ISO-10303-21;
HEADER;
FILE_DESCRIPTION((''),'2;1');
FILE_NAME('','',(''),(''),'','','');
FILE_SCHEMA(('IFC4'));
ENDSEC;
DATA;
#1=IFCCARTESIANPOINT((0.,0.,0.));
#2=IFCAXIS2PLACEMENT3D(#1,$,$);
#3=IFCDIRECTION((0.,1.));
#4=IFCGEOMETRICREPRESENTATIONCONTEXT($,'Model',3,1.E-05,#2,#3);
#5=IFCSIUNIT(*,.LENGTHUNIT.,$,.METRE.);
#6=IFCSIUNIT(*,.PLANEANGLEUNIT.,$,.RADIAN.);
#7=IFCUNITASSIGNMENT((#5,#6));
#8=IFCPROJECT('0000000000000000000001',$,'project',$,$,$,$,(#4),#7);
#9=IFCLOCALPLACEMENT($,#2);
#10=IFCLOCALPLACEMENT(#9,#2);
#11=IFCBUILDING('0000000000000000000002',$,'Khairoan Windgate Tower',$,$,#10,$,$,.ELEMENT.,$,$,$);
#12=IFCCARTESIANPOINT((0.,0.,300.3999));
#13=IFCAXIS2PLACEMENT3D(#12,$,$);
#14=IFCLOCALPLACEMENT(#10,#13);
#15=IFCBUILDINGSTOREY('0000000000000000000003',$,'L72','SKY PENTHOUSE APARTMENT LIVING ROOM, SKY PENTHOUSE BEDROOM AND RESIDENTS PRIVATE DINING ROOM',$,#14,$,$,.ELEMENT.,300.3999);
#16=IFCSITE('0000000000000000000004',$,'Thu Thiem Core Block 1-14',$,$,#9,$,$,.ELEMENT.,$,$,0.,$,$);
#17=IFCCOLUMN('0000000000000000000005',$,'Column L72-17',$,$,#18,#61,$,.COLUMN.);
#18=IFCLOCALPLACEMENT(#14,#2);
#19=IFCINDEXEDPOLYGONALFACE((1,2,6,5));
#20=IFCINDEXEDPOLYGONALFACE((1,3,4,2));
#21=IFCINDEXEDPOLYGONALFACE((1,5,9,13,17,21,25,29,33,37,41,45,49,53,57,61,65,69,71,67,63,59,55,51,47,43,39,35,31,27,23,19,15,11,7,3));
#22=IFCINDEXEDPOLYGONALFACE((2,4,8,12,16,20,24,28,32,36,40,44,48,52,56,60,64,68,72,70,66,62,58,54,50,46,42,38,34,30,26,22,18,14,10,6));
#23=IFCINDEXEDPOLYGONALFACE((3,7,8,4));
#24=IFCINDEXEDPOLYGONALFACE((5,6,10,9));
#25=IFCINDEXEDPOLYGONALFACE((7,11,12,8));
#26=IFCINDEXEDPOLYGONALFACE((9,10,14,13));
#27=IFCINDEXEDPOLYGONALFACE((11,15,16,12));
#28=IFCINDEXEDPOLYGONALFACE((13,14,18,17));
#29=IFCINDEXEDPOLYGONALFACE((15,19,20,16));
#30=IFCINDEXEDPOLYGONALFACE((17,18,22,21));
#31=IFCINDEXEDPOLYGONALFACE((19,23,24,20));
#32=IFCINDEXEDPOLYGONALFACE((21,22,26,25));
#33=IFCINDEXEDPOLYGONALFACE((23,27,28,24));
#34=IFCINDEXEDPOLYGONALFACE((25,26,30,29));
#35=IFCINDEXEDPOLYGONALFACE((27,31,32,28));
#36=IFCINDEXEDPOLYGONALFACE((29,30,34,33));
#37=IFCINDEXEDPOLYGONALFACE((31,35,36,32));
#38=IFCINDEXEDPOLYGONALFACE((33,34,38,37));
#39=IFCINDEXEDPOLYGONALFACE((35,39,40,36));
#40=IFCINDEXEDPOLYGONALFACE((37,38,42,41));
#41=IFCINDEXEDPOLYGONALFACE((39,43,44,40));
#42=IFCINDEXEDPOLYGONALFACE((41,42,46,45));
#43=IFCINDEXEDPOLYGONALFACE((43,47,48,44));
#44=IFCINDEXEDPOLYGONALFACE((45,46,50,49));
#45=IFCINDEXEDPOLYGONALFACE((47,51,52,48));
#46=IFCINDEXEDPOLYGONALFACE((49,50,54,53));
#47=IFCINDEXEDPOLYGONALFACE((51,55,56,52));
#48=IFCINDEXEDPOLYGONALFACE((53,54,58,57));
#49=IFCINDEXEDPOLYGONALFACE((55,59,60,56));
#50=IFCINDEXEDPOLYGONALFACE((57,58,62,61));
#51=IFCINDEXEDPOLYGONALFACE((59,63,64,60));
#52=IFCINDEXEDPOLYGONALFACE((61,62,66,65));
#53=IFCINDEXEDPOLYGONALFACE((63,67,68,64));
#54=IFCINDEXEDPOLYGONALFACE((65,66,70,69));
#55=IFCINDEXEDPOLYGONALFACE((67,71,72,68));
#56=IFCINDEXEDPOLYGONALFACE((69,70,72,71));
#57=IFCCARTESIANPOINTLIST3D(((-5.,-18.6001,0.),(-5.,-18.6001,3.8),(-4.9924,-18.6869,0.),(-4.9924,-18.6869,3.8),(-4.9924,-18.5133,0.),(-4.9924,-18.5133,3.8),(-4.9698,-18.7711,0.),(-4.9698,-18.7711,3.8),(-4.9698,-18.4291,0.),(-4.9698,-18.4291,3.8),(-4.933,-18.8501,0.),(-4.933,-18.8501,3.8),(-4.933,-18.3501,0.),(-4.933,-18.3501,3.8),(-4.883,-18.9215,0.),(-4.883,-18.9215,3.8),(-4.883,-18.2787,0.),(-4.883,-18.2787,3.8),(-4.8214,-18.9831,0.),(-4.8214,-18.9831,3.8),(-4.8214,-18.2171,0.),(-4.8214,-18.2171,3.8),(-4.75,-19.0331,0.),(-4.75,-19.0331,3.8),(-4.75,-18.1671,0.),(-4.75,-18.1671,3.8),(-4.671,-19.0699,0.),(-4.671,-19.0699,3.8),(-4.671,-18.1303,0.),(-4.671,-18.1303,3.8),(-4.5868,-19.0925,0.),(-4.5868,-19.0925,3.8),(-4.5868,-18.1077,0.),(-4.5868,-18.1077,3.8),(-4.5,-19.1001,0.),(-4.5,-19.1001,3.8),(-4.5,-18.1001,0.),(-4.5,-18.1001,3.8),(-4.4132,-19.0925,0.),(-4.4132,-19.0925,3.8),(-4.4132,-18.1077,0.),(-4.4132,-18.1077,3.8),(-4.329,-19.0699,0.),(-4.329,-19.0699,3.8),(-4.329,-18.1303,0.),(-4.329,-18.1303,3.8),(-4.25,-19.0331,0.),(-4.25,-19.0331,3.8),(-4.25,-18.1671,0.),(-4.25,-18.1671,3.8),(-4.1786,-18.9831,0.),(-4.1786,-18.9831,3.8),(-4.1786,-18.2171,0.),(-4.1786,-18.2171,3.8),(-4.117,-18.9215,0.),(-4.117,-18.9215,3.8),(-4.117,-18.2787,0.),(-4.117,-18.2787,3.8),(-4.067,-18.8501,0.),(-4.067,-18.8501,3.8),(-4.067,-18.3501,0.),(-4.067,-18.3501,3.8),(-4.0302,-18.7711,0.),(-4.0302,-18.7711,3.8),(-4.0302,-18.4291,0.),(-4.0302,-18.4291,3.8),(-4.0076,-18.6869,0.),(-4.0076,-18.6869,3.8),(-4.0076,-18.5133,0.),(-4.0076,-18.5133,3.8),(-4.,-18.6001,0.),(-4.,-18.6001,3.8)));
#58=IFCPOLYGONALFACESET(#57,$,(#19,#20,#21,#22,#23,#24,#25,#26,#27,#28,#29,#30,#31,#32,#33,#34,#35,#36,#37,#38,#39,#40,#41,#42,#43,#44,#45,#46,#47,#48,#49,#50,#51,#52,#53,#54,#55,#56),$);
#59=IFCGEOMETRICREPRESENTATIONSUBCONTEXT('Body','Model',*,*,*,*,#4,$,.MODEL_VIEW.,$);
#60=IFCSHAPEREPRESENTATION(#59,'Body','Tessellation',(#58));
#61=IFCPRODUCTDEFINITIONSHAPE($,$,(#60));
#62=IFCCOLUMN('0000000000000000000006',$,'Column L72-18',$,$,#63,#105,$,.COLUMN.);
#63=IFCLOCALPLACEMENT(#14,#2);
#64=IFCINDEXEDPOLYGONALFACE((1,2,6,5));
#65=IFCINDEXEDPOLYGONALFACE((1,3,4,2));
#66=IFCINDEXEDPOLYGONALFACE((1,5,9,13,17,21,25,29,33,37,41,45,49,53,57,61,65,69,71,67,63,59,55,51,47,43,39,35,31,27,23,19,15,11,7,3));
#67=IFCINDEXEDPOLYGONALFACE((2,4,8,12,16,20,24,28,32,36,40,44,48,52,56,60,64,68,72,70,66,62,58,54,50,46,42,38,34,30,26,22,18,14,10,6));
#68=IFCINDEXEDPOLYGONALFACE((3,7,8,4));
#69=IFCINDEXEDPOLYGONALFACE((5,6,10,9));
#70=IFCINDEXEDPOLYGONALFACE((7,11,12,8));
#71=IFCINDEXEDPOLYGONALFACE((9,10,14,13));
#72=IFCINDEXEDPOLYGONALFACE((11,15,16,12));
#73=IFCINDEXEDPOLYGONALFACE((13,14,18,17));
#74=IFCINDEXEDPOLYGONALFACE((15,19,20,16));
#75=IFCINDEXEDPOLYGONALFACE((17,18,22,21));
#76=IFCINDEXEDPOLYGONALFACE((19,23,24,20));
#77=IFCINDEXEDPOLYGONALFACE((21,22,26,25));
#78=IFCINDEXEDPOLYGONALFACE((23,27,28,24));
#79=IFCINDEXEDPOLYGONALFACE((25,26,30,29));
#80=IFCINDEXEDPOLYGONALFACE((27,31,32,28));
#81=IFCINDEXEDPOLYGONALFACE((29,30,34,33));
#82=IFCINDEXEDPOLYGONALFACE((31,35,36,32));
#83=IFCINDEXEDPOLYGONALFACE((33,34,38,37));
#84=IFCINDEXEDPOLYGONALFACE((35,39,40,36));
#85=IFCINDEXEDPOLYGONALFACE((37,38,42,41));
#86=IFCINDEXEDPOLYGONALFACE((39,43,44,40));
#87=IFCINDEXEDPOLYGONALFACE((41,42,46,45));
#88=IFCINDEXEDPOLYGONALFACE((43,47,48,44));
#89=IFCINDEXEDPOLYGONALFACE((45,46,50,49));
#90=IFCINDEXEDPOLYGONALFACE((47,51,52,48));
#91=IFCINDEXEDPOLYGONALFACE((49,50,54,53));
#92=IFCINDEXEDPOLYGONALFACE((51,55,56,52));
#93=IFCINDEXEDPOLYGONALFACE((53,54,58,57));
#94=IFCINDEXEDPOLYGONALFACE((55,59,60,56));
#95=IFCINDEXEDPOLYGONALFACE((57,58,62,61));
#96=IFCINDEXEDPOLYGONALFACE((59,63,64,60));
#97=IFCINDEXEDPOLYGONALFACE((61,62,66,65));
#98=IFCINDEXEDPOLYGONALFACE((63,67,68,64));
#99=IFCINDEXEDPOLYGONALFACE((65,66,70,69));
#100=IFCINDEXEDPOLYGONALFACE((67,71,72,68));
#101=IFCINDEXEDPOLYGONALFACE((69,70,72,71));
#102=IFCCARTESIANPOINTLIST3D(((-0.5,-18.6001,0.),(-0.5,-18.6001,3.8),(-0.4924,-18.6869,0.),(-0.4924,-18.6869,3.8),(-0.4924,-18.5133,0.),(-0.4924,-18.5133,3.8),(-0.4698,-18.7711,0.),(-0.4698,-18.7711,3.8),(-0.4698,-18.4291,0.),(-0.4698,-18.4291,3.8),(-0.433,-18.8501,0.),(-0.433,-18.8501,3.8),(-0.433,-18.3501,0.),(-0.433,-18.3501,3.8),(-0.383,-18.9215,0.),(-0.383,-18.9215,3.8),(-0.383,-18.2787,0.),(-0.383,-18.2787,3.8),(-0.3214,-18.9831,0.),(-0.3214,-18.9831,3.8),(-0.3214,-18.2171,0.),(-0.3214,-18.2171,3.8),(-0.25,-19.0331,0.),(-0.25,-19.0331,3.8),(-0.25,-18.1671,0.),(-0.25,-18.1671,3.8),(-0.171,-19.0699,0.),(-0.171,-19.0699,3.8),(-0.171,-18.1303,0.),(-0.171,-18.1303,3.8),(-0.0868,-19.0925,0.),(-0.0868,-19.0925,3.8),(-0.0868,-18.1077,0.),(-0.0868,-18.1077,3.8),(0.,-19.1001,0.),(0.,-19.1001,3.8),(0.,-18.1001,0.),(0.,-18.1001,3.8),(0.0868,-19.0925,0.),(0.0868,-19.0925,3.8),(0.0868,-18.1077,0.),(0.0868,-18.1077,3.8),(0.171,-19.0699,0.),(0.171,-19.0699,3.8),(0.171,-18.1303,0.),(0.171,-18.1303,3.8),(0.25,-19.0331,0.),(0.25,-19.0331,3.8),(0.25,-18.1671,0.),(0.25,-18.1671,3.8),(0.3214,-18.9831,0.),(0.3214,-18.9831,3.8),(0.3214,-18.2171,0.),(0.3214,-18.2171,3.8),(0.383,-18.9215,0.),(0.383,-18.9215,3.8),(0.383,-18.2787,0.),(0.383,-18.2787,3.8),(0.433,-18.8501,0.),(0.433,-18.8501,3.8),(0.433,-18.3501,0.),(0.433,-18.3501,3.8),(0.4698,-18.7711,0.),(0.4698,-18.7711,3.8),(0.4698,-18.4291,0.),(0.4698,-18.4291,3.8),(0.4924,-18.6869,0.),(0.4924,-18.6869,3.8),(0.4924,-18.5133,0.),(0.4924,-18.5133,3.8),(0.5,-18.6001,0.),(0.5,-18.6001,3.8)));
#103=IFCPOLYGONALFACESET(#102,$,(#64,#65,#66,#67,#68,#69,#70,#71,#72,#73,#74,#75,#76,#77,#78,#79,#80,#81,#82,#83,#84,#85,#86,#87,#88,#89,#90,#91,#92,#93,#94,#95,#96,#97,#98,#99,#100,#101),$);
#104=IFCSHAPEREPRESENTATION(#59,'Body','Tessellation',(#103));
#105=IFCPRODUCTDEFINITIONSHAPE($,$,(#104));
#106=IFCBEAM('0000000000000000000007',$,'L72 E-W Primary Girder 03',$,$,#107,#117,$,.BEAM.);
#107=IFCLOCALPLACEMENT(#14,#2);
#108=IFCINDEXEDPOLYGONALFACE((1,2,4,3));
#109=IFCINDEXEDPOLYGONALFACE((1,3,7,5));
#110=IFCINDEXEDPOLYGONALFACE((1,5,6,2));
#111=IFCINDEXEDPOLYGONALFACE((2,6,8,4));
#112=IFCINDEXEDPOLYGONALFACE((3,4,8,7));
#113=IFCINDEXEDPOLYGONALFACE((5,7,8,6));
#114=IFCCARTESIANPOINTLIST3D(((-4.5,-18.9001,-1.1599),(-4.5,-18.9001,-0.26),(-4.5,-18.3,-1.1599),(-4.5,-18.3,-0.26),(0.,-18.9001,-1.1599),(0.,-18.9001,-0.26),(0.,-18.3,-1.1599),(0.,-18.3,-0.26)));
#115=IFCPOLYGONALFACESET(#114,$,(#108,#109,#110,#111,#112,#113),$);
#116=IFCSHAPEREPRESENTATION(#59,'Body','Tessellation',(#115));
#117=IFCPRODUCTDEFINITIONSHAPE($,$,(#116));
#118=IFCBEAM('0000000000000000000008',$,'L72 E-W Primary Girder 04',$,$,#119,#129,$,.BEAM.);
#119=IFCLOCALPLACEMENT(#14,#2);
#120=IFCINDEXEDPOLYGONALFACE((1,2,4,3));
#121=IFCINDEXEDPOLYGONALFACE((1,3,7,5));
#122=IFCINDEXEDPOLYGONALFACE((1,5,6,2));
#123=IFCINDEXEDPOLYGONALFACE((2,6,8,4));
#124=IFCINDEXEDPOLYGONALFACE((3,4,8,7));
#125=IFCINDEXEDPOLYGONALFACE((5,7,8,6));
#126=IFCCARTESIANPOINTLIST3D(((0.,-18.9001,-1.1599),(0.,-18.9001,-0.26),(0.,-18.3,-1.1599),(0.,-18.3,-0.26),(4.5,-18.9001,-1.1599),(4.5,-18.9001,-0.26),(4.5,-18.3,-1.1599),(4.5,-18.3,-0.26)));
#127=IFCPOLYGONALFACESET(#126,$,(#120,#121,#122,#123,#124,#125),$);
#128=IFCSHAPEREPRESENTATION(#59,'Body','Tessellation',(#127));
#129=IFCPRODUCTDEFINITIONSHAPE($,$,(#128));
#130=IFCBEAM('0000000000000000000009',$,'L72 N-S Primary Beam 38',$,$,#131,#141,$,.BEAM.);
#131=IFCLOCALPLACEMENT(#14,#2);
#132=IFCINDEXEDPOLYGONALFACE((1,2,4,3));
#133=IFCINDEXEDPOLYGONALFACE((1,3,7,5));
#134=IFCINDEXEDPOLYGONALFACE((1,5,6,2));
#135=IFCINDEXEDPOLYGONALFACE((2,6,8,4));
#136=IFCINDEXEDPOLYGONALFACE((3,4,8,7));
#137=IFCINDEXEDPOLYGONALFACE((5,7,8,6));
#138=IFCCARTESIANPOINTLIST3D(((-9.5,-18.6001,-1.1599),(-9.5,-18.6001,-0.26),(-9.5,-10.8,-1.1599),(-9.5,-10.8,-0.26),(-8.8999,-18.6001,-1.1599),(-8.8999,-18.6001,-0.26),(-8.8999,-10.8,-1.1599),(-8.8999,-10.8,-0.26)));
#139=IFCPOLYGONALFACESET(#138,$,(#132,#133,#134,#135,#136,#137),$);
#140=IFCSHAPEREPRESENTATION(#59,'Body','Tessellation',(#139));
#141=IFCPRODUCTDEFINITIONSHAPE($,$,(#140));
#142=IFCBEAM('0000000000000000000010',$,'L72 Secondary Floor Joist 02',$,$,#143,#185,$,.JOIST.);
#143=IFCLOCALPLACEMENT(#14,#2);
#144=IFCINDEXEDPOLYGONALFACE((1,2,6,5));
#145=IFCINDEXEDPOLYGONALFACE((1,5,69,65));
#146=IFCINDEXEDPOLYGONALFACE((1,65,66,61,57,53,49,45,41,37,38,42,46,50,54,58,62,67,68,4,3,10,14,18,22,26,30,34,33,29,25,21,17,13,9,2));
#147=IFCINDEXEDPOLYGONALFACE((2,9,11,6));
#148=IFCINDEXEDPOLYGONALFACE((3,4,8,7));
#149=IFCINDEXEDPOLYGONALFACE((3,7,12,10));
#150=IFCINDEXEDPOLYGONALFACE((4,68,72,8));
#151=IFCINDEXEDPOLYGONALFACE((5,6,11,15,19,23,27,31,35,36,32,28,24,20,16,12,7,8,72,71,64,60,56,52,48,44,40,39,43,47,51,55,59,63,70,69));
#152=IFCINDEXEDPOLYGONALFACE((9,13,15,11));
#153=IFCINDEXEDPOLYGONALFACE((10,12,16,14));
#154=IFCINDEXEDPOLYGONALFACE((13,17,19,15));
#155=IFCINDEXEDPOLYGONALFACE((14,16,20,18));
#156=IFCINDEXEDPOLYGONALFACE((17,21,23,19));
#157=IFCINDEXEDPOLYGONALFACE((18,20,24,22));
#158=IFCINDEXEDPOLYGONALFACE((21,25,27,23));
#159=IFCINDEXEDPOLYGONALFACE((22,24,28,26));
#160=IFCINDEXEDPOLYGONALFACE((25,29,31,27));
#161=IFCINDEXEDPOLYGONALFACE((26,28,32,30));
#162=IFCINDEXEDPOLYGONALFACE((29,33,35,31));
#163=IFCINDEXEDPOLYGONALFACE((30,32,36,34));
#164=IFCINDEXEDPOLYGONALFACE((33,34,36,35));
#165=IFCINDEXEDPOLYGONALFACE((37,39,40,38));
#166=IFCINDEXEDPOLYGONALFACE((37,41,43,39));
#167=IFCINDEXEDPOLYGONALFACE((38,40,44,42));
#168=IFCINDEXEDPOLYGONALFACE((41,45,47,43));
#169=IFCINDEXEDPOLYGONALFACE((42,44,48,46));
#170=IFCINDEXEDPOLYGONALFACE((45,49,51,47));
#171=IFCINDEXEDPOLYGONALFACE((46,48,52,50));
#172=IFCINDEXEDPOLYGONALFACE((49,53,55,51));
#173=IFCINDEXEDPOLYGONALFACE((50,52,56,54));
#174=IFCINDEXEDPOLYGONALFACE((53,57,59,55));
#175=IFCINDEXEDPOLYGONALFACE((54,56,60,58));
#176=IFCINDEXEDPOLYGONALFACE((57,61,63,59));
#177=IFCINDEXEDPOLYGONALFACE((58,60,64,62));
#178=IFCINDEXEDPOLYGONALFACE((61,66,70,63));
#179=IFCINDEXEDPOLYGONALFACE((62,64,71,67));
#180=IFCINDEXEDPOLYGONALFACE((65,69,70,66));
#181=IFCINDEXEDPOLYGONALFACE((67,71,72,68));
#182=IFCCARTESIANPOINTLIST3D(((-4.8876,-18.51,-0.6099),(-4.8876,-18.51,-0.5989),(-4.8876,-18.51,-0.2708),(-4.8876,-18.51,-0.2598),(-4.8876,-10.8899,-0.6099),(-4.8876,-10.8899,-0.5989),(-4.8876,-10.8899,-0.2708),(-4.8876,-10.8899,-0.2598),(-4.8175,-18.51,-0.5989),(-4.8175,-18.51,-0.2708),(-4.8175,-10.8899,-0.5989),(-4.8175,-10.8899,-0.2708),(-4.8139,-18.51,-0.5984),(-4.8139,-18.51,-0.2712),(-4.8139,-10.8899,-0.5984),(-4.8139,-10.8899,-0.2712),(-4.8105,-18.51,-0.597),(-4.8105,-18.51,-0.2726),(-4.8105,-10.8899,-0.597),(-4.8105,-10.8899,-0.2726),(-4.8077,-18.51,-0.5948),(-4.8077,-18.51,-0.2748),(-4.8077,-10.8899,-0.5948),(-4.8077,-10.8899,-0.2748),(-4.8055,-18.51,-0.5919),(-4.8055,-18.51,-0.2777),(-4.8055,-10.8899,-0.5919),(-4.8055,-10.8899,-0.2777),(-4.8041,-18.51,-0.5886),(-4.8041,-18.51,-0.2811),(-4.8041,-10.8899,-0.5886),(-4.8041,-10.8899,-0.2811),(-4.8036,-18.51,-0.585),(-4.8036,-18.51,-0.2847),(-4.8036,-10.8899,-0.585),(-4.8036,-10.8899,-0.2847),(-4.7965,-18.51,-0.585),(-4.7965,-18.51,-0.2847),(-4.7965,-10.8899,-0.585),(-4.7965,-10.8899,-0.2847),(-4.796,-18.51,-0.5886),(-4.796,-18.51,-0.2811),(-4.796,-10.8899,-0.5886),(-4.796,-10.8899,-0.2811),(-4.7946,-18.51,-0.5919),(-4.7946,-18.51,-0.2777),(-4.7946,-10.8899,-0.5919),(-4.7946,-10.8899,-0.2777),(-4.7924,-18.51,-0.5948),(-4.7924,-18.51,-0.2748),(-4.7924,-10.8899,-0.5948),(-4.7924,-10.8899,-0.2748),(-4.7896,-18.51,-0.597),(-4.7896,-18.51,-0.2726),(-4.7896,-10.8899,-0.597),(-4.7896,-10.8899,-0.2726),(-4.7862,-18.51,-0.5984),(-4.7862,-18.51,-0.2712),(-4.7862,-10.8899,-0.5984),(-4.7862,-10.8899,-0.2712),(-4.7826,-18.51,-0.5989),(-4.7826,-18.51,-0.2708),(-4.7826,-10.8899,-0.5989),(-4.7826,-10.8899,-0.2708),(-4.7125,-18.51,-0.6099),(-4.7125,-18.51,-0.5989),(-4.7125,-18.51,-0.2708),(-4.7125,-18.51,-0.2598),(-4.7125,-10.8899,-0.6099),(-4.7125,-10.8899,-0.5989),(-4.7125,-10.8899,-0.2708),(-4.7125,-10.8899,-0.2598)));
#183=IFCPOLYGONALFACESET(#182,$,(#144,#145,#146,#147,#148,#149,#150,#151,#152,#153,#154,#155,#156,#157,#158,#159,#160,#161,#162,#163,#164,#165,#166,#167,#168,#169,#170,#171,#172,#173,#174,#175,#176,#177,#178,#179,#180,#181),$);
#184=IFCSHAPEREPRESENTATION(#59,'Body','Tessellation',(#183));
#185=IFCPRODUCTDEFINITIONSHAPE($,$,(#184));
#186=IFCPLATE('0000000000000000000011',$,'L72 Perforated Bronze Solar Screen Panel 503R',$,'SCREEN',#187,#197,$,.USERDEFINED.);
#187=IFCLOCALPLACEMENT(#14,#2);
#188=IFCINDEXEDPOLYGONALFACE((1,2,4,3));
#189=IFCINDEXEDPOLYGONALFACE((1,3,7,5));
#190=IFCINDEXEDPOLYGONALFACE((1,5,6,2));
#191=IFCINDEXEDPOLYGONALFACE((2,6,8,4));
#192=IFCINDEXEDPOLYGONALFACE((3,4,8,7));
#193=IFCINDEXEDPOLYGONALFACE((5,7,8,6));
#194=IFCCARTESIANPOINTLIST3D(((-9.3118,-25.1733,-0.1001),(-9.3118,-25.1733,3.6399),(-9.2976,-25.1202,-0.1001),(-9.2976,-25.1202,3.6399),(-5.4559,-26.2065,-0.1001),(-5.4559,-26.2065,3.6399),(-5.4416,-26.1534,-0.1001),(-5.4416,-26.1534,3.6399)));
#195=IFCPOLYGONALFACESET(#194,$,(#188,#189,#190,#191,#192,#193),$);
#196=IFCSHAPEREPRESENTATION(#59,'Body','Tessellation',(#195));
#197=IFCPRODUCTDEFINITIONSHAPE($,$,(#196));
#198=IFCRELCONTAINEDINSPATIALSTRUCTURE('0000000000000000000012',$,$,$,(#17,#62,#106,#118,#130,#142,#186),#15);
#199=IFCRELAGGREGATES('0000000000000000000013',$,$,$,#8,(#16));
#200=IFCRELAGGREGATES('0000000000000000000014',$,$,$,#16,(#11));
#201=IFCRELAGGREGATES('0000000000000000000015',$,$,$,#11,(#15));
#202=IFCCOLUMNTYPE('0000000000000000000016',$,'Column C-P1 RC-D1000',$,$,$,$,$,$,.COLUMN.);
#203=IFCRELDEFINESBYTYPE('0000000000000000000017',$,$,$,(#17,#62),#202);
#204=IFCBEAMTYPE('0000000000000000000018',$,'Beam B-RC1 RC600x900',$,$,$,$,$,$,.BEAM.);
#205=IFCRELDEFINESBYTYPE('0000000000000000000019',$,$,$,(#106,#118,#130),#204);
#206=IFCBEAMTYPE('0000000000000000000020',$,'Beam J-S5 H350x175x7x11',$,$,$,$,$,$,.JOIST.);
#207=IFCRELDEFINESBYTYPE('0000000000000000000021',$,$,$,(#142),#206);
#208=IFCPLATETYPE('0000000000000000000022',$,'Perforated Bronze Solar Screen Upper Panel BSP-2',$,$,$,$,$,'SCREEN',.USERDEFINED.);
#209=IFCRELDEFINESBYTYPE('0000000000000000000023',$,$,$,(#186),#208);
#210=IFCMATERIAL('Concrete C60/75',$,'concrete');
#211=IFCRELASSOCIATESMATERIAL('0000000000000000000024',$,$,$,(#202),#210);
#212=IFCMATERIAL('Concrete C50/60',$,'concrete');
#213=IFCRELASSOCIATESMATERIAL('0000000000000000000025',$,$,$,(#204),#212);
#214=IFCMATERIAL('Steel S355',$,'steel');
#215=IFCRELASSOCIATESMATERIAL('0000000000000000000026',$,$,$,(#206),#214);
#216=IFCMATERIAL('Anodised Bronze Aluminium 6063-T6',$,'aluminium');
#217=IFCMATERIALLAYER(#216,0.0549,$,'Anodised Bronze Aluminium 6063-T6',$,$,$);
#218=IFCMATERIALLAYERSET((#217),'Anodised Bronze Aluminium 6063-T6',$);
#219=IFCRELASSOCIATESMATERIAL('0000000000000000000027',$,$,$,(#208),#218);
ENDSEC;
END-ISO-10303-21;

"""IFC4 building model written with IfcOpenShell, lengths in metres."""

from ifc_helpers import new_model, si_unit, direction, frame, origin, origin_2d, place, context, subcontext, project, spatial, rectangle, circle, i_section, extrude, material, layer, layer_set, material_profile, profile_set, type_object, element, save


model = new_model("IFC4")

# Units and contexts
model_context = context("Model", 3, precision=1e-05, world=origin(), true_north=direction((0.0, 1.0)))
body_context = subcontext(model_context, "Body", "Model", "MODEL_VIEW")
ifc_project = project(units=[si_unit("LENGTHUNIT", "METRE"), si_unit("PLANEANGLEUNIT", "RADIAN")], contexts=[model_context])

# Site, building, storey
site_placement = place(None, origin())
site = spatial("IfcSite", under=ifc_project, at=site_placement, Name="Thu Thiem Core Block 1-14", CompositionType="ELEMENT", RefElevation=0.0)
building_placement = place(site_placement, origin())
building = spatial("IfcBuilding", under=site, at=building_placement, Name="Khairoan Windgate Tower", CompositionType="ELEMENT")
storey_placement = place(building_placement, frame((0.0, 0.0, 300.3999)))
storey = spatial("IfcBuildingStorey", under=building, at=storey_placement, Name="L72", Description="SKY PENTHOUSE APARTMENT LIVING ROOM, SKY PENTHOUSE BEDROOM AND RESIDENTS PRIVATE DINING ROOM", CompositionType="ELEMENT", Elevation=300.3999)

# Columns
ifc_material_1 = material(Name="Concrete C60/75", Category="concrete")
ifc_material_profile_1 = material_profile(ifc_material_1, circle(Radius=0.5, at=origin_2d()))
ifc_profile_set_1 = profile_set([ifc_material_profile_1], Name="Concrete C60/75")
column_type = type_object("IfcColumnType", Name="Column C-P1 RC-D1000", PredefinedType="COLUMN", material=ifc_profile_set_1)
for number, where, z_axis, x_axis, name in (
    (1, (-4.5, -18.6001, 0.0), (0.0, 0.0, 1.0), (1.0, 0.0, 0.0), "Column L72-17"),
    (2, (0.0, -18.6001, 0.0), (0.0, 0.0, 1.0), (1.0, 0.0, 0.0), "Column L72-18"),
):
    element("IfcColumn", number, at=place(storey_placement, frame(where, z_axis=z_axis, x_axis=x_axis)), inside=storey, type_object=column_type, Name=name, PredefinedType="COLUMN", context=body_context, shape_type="SweptSolid", body=[
        extrude(circle(Radius=0.5, at=origin_2d()), origin(), (0.0, 0.0, 1.0), 3.8),
    ])

# Beams
ifc_material_2 = material(Name="Concrete C50/60", Category="concrete")
ifc_material_profile_2 = material_profile(ifc_material_2, rectangle(XDim=0.6001, YDim=0.8999, at=origin_2d()))
ifc_profile_set_2 = profile_set([ifc_material_profile_2], Name="Concrete C50/60")
beam_type_1 = type_object("IfcBeamType", Name="Beam B-RC1 RC600x900", PredefinedType="BEAM", material=ifc_profile_set_2)
for number, where, z_axis, x_axis, name in (
    (3, (-4.5, -18.6001, -0.71), (1.0, 0.0, 0.0), (0.0, 1.0, 0.0), "L72 E-W Primary Girder 03"),
    (4, (0.0, -18.6001, -0.71), (1.0, 0.0, 0.0), (0.0, 1.0, 0.0), "L72 E-W Primary Girder 04"),
):
    element("IfcBeam", number, at=place(storey_placement, frame(where, z_axis=z_axis, x_axis=x_axis)), inside=storey, type_object=beam_type_1, Name=name, PredefinedType="BEAM", context=body_context, shape_type="SweptSolid", body=[
        extrude(rectangle(XDim=0.6001, YDim=0.8999, at=origin_2d()), origin(), (0.0, 0.0, 1.0), 4.5),
    ])
beam_1_placement = place(storey_placement, frame((-9.2, -18.6001, -0.71), z_axis=(0.0, 1.0, 0.0), x_axis=(-1.0, 0.0, 0.0)))
element("IfcBeam", 5, at=beam_1_placement, inside=storey, type_object=beam_type_1, Name="L72 N-S Primary Beam 38", PredefinedType="BEAM", context=body_context, shape_type="SweptSolid", body=[
    extrude(rectangle(XDim=0.6001, YDim=0.8999, at=origin_2d()), origin(), (0.0, 0.0, 1.0), 7.8),
])
ifc_material_3 = material(Name="Steel S355", Category="steel")
ifc_material_profile_3 = material_profile(ifc_material_3, i_section(OverallWidth=0.175, OverallDepth=0.3501, WebThickness=0.0071, FlangeThickness=0.011, FilletRadius=0.0139, at=origin_2d()))
ifc_profile_set_3 = profile_set([ifc_material_profile_3], Name="Steel S355")
beam_type_2 = type_object("IfcBeamType", Name="Beam J-S5 H350x175x7x11", PredefinedType="JOIST", material=ifc_profile_set_3)
beam_2_placement = place(storey_placement, frame((-4.8, -18.51, -0.4348), z_axis=(0.0, 1.0, 0.0), x_axis=(-1.0, 0.0, 0.0)))
element("IfcBeam", 6, at=beam_2_placement, inside=storey, type_object=beam_type_2, Name="L72 Secondary Floor Joist 02", PredefinedType="JOIST", context=body_context, shape_type="SweptSolid", body=[
    extrude(i_section(OverallWidth=0.175, OverallDepth=0.3501, WebThickness=0.0071, FlangeThickness=0.011, FilletRadius=0.0139, at=origin_2d()), origin(), (0.0, 0.0, 1.0), 7.6201),
])

# Plate
ifc_material_4 = material(Name="Anodised Bronze Aluminium 6063-T6", Category="aluminium")
ifc_layer_1 = layer(ifc_material_4, 0.0549, Name="Anodised Bronze Aluminium 6063-T6")
ifc_layer_set_1 = layer_set([ifc_layer_1], Name="Anodised Bronze Aluminium 6063-T6")
plate_type = type_object("IfcPlateType", Name="Perforated Bronze Solar Screen Upper Panel BSP-2", ElementType="SCREEN", PredefinedType="USERDEFINED", material=ifc_layer_set_1)
plate_placement = place(storey_placement, frame((-7.3767, -25.6633, -0.1001), z_axis=(0.0, 0.0, 1.0), x_axis=(-0.965926, 0.258819, 0.0)))
element("IfcPlate", 7, at=plate_placement, inside=storey, type_object=plate_type, Name="L72 Perforated Bronze Solar Screen Panel 503R", ObjectType="SCREEN", PredefinedType="USERDEFINED", context=body_context, shape_type="SweptSolid", body=[
    extrude(rectangle(XDim=3.9919, YDim=0.0549, at=origin_2d()), origin(), (0.0, 0.0, 1.0), 3.74),
])

save(model, "model.ifc")
